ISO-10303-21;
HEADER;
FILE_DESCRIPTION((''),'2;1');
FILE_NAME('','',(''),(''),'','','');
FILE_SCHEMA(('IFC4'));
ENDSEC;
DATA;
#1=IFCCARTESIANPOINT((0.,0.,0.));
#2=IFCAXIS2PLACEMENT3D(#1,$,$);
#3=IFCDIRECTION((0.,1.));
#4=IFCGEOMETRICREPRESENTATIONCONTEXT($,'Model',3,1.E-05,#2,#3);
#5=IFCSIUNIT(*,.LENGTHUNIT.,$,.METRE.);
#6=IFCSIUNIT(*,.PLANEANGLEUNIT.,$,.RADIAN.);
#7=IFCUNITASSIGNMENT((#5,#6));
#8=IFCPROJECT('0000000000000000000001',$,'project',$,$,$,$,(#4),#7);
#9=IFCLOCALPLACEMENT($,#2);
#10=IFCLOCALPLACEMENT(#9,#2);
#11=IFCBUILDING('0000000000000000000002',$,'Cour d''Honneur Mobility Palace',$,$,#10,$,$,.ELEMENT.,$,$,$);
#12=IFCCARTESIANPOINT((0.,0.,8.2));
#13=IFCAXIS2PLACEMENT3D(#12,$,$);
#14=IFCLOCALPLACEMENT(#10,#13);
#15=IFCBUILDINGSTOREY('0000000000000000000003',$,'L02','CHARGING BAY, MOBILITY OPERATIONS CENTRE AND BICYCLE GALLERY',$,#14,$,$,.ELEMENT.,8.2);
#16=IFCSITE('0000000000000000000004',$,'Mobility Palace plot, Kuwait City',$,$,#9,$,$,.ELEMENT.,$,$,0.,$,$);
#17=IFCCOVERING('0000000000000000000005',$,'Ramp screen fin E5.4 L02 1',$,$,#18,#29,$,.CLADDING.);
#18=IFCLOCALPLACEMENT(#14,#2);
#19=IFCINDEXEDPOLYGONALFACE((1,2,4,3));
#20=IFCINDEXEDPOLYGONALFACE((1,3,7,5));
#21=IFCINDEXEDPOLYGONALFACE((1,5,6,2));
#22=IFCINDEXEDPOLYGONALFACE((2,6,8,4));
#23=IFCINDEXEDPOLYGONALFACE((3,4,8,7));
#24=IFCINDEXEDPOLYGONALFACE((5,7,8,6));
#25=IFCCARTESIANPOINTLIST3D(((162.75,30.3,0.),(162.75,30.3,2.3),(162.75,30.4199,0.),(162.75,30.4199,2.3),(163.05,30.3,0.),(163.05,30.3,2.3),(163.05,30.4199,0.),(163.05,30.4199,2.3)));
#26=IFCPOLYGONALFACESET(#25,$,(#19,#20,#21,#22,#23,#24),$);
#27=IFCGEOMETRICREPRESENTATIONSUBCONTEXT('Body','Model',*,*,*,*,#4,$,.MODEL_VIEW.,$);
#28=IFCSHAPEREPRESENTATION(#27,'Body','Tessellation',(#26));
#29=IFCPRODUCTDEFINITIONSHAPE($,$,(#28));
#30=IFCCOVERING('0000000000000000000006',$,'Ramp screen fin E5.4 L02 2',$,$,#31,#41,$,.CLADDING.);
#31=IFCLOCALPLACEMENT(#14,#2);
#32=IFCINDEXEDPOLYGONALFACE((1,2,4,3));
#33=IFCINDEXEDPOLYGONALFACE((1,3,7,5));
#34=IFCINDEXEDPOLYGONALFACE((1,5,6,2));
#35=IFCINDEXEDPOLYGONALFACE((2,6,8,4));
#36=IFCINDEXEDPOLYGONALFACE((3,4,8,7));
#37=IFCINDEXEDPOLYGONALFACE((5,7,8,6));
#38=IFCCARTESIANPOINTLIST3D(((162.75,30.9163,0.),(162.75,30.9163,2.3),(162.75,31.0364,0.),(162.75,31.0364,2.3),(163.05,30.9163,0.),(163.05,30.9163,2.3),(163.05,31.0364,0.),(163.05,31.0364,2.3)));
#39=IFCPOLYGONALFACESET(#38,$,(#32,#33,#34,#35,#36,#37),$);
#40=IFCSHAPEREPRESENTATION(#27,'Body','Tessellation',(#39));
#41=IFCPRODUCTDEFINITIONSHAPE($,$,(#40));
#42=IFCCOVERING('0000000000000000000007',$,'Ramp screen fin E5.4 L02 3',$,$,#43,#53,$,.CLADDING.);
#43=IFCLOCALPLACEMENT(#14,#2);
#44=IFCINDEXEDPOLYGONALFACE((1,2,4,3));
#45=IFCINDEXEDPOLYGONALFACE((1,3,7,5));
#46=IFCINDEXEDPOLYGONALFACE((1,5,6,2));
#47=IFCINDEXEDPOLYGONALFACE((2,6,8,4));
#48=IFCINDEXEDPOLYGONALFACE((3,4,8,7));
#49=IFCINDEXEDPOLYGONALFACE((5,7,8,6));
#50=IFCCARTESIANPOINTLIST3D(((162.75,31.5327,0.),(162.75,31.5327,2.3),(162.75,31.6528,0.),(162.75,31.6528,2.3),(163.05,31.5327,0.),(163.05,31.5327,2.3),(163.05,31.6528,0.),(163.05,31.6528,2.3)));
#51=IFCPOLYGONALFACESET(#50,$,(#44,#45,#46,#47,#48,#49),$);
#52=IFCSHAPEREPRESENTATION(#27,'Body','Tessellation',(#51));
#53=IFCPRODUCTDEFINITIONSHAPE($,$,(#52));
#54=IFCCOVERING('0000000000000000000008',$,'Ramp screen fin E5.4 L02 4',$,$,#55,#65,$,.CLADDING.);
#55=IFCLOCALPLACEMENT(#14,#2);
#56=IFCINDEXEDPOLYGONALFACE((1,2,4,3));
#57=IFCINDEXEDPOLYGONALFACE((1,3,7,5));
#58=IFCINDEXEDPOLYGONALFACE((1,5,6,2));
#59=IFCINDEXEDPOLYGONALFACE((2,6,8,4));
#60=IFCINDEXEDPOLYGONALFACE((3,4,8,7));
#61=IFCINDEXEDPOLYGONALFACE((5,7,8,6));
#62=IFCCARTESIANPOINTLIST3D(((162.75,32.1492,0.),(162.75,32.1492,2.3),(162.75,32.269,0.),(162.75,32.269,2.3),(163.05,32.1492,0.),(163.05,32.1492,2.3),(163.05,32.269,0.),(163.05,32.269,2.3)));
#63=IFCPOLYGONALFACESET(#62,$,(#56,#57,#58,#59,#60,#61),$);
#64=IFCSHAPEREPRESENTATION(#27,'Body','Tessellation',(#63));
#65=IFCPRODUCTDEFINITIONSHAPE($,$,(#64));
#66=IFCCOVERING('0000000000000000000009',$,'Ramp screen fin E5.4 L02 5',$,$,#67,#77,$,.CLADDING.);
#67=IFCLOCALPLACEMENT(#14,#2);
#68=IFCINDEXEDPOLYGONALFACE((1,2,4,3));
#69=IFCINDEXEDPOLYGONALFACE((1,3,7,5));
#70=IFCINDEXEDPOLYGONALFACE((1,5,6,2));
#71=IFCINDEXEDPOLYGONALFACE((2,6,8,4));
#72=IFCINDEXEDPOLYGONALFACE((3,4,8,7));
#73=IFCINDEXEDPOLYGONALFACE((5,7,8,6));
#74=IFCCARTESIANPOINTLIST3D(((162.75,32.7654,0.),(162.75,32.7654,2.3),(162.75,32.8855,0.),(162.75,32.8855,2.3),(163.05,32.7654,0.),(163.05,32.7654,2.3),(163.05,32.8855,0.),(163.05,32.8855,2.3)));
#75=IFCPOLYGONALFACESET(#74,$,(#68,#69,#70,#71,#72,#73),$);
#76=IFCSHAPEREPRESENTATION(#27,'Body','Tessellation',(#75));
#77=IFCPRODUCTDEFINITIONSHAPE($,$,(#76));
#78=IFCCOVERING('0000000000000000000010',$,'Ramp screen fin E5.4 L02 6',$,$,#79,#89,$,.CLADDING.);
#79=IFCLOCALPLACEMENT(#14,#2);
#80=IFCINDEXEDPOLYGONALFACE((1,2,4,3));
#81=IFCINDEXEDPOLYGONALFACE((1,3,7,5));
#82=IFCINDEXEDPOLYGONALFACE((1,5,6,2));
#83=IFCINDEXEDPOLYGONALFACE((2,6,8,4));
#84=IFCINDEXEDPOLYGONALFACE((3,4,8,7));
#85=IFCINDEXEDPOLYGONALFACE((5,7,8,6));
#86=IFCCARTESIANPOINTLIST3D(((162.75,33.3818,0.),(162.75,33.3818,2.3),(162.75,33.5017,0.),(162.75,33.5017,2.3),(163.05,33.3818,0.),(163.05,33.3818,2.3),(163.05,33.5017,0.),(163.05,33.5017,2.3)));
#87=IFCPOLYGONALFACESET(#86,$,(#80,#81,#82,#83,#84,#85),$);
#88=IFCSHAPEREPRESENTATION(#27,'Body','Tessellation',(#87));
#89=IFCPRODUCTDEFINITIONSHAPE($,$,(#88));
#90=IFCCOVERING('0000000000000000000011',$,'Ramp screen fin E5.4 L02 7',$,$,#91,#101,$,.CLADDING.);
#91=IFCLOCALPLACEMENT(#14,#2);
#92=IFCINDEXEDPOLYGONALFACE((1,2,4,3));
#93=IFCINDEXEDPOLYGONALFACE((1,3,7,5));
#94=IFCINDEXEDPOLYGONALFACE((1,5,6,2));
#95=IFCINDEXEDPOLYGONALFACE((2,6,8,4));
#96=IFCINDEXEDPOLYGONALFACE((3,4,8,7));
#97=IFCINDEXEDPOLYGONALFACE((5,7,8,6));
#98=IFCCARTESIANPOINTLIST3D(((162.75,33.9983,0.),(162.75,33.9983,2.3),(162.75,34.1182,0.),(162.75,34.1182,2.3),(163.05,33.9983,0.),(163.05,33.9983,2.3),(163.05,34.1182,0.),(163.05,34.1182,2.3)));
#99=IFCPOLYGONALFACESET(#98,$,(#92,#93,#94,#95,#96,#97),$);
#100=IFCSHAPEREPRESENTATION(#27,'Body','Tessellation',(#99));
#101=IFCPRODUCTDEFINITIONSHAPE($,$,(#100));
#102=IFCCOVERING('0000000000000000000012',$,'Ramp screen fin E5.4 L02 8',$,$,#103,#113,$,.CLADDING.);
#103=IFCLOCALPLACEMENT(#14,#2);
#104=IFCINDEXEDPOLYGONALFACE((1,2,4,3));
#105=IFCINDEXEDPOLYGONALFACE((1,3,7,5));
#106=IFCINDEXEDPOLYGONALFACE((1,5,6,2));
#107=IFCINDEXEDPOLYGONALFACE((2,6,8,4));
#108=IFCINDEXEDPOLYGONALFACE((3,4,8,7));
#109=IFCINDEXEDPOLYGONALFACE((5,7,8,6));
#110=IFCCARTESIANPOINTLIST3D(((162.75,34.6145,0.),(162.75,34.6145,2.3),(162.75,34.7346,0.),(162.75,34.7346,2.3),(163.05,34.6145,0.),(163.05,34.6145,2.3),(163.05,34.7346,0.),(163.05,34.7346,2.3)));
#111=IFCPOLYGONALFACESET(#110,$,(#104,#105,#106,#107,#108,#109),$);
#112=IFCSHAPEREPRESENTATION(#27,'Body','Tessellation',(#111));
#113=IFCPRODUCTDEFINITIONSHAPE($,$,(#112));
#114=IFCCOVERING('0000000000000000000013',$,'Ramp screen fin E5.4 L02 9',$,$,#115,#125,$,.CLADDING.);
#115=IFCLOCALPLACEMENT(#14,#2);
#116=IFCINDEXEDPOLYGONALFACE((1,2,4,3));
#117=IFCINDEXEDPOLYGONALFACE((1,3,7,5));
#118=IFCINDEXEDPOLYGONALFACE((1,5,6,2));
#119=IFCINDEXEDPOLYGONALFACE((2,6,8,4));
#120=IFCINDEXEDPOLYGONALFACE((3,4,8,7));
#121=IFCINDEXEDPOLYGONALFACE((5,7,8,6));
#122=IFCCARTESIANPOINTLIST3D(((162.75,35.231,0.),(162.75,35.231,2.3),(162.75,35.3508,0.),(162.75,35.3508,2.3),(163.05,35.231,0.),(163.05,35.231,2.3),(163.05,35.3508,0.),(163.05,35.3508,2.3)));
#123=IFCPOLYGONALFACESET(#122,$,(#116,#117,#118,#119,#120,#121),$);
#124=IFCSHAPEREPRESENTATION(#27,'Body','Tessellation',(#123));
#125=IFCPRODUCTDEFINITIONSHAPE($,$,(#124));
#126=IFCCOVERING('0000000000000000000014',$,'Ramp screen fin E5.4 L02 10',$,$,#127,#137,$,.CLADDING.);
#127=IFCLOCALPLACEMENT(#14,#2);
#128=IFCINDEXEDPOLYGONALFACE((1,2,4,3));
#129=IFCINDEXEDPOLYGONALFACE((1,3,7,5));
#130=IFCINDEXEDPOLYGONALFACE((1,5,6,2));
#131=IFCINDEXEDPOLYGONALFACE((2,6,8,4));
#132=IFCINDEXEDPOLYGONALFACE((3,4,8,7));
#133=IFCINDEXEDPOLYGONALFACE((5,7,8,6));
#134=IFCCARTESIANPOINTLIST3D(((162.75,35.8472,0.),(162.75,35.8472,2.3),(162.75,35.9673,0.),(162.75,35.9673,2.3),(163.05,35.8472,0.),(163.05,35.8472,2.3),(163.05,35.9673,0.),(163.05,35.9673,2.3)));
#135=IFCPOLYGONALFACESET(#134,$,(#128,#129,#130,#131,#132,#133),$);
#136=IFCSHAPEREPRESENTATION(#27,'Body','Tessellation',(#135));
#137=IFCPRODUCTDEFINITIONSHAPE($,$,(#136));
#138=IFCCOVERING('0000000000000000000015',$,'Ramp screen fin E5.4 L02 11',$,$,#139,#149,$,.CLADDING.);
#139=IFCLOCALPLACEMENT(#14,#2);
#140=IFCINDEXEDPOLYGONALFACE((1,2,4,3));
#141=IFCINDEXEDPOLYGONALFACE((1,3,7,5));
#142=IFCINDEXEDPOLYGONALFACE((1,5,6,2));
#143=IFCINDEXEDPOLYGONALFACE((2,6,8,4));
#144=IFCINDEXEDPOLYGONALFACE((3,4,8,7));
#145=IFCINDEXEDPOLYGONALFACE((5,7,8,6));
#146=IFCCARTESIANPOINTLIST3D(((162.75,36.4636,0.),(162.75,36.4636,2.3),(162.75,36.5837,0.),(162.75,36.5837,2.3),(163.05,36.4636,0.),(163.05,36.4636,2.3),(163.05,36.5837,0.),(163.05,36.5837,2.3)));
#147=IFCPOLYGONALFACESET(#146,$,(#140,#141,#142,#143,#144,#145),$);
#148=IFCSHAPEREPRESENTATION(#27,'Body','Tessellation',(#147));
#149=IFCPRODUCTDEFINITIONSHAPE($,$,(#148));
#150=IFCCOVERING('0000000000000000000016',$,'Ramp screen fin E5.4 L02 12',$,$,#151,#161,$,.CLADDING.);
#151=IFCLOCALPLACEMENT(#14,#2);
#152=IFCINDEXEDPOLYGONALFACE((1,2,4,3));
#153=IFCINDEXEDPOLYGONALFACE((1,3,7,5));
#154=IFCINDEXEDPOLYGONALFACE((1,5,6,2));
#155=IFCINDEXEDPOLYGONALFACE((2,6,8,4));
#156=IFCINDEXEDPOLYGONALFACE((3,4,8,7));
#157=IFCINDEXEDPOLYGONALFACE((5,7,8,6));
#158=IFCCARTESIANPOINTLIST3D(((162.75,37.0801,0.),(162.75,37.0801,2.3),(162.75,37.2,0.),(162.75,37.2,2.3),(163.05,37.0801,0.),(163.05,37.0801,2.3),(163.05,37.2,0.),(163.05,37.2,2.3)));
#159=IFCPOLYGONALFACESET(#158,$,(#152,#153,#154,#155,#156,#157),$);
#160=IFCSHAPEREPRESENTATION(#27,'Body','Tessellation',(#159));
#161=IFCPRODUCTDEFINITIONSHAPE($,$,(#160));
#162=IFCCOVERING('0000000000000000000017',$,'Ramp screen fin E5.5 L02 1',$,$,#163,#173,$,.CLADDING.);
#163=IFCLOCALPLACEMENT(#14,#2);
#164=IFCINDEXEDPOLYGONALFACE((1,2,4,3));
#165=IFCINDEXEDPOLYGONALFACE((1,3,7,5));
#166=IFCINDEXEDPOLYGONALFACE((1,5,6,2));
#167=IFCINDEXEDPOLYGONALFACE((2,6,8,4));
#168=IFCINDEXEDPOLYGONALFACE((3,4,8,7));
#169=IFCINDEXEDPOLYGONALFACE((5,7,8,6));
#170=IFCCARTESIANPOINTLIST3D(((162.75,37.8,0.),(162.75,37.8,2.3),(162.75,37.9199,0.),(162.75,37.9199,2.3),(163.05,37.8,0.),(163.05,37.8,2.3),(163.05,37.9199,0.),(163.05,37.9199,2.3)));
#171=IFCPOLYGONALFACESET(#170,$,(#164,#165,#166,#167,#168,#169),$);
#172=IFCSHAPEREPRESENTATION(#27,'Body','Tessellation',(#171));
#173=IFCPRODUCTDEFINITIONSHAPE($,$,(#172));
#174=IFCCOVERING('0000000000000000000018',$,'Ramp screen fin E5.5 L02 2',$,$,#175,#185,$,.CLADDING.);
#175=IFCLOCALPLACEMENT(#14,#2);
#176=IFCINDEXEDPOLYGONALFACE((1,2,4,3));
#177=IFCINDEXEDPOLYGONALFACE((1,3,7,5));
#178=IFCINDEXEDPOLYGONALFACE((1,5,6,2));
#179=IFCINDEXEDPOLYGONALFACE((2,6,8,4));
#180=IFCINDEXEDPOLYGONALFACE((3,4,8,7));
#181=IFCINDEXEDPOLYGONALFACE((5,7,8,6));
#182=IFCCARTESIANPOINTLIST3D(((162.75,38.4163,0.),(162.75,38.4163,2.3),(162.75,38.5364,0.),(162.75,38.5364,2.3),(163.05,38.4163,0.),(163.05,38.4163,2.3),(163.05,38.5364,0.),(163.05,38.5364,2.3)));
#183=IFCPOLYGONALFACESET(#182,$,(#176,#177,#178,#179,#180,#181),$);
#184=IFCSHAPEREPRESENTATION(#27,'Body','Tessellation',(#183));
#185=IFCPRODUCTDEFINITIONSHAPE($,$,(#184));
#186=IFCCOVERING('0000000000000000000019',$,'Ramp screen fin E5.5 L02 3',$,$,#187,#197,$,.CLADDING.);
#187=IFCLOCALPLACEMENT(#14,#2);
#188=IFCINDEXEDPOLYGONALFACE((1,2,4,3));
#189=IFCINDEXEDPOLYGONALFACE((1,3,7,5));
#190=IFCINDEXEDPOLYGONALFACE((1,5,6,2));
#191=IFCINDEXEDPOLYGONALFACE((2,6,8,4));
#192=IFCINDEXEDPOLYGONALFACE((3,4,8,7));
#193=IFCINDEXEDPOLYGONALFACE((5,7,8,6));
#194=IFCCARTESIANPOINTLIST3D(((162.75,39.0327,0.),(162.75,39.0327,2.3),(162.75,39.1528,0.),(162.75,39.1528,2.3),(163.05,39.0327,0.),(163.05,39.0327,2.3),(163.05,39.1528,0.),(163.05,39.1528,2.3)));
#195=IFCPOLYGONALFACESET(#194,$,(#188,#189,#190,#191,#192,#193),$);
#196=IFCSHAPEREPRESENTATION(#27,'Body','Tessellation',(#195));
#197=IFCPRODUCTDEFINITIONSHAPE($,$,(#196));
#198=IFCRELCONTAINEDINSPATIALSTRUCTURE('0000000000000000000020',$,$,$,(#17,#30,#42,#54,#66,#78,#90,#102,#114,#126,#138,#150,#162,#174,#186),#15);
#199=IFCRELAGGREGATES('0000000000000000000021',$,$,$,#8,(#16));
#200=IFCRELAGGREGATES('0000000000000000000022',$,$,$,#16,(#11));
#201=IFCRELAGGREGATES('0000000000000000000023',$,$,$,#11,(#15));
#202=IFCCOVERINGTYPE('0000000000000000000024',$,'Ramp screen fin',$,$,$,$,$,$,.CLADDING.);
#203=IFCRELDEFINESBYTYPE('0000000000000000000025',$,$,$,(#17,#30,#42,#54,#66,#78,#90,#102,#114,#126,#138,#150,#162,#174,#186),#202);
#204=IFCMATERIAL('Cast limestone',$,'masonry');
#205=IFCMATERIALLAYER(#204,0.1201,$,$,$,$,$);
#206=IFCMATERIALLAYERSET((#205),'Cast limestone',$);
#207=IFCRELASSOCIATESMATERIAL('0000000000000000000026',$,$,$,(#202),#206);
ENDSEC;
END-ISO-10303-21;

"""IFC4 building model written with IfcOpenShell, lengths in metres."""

from ifc_helpers import new_model, si_unit, direction, frame, origin, place, context, subcontext, project, spatial, polyline, outline, extrude, material, layer, layer_set, type_object, element, save


model = new_model("IFC4")

# Units and contexts
model_context = context("Model", 3, precision=1e-05, world=origin(), true_north=direction((0.0, 1.0)))
body_context = subcontext(model_context, "Body", "Model", "MODEL_VIEW")
ifc_project = project(units=[si_unit("LENGTHUNIT", "METRE"), si_unit("PLANEANGLEUNIT", "RADIAN")], contexts=[model_context])

# Site, building, storey
site_placement = place(None, origin())
site = spatial("IfcSite", under=ifc_project, at=site_placement, Name="Mobility Palace plot, Kuwait City", CompositionType="ELEMENT", RefElevation=0.0)
building_placement = place(site_placement, origin())
building = spatial("IfcBuilding", under=site, at=building_placement, Name="Cour d'Honneur Mobility Palace", CompositionType="ELEMENT")
storey_placement = place(building_placement, frame((0.0, 0.0, 8.2)))
storey = spatial("IfcBuildingStorey", under=building, at=storey_placement, Name="L02", Description="CHARGING BAY, MOBILITY OPERATIONS CENTRE AND BICYCLE GALLERY", CompositionType="ELEMENT", Elevation=8.2)

# Coverings
ifc_material_1 = material(Name="Cast limestone", Category="masonry")
ifc_layer_1 = layer(ifc_material_1, 0.1201)
ifc_layer_set_1 = layer_set([ifc_layer_1], Name="Cast limestone")
covering_type = type_object("IfcCoveringType", Name="Ramp screen fin", PredefinedType="CLADDING", material=ifc_layer_set_1)
covering_1_placement = place(storey_placement, origin())
element("IfcCovering", 1, at=covering_1_placement, inside=storey, type_object=covering_type, Name="Ramp screen fin E5.4 L02 1", PredefinedType="CLADDING", context=body_context, shape_type="SweptSolid", body=[
    extrude(outline(polyline([(162.75, 30.3), (162.75, 30.4199), (163.05, 30.4199), (163.05, 30.3), (162.75, 30.3)])), origin(), (0.0, 0.0, 1.0), 2.3),
])
covering_2_placement = place(storey_placement, origin())
element("IfcCovering", 2, at=covering_2_placement, inside=storey, type_object=covering_type, Name="Ramp screen fin E5.4 L02 2", PredefinedType="CLADDING", context=body_context, shape_type="SweptSolid", body=[
    extrude(outline(polyline([(162.75, 30.9163), (162.75, 31.0364), (163.05, 31.0364), (163.05, 30.9163), (162.75, 30.9163)])), origin(), (0.0, 0.0, 1.0), 2.3),
])
covering_3_placement = place(storey_placement, origin())
element("IfcCovering", 3, at=covering_3_placement, inside=storey, type_object=covering_type, Name="Ramp screen fin E5.4 L02 3", PredefinedType="CLADDING", context=body_context, shape_type="SweptSolid", body=[
    extrude(outline(polyline([(162.75, 31.5327), (162.75, 31.6528), (163.05, 31.6528), (163.05, 31.5327), (162.75, 31.5327)])), origin(), (0.0, 0.0, 1.0), 2.3),
])
covering_4_placement = place(storey_placement, origin())
element("IfcCovering", 4, at=covering_4_placement, inside=storey, type_object=covering_type, Name="Ramp screen fin E5.4 L02 4", PredefinedType="CLADDING", context=body_context, shape_type="SweptSolid", body=[
    extrude(outline(polyline([(162.75, 32.1492), (162.75, 32.269), (163.05, 32.269), (163.05, 32.1492), (162.75, 32.1492)])), origin(), (0.0, 0.0, 1.0), 2.3),
])
covering_5_placement = place(storey_placement, origin())
element("IfcCovering", 5, at=covering_5_placement, inside=storey, type_object=covering_type, Name="Ramp screen fin E5.4 L02 5", PredefinedType="CLADDING", context=body_context, shape_type="SweptSolid", body=[
    extrude(outline(polyline([(162.75, 32.7654), (162.75, 32.8855), (163.05, 32.8855), (163.05, 32.7654), (162.75, 32.7654)])), origin(), (0.0, 0.0, 1.0), 2.3),
])
covering_6_placement = place(storey_placement, origin())
element("IfcCovering", 6, at=covering_6_placement, inside=storey, type_object=covering_type, Name="Ramp screen fin E5.4 L02 6", PredefinedType="CLADDING", context=body_context, shape_type="SweptSolid", body=[
    extrude(outline(polyline([(162.75, 33.3818), (162.75, 33.5017), (163.05, 33.5017), (163.05, 33.3818), (162.75, 33.3818)])), origin(), (0.0, 0.0, 1.0), 2.3),
])
covering_7_placement = place(storey_placement, origin())
element("IfcCovering", 7, at=covering_7_placement, inside=storey, type_object=covering_type, Name="Ramp screen fin E5.4 L02 7", PredefinedType="CLADDING", context=body_context, shape_type="SweptSolid", body=[
    extrude(outline(polyline([(162.75, 33.9983), (162.75, 34.1182), (163.05, 34.1182), (163.05, 33.9983), (162.75, 33.9983)])), origin(), (0.0, 0.0, 1.0), 2.3),
])
covering_8_placement = place(storey_placement, origin())
element("IfcCovering", 8, at=covering_8_placement, inside=storey, type_object=covering_type, Name="Ramp screen fin E5.4 L02 8", PredefinedType="CLADDING", context=body_context, shape_type="SweptSolid", body=[
    extrude(outline(polyline([(162.75, 34.6145), (162.75, 34.7346), (163.05, 34.7346), (163.05, 34.6145), (162.75, 34.6145)])), origin(), (0.0, 0.0, 1.0), 2.3),
])
covering_9_placement = place(storey_placement, origin())
element("IfcCovering", 9, at=covering_9_placement, inside=storey, type_object=covering_type, Name="Ramp screen fin E5.4 L02 9", PredefinedType="CLADDING", context=body_context, shape_type="SweptSolid", body=[
    extrude(outline(polyline([(162.75, 35.231), (162.75, 35.3508), (163.05, 35.3508), (163.05, 35.231), (162.75, 35.231)])), origin(), (0.0, 0.0, 1.0), 2.3),
])
covering_10_placement = place(storey_placement, origin())
element("IfcCovering", 10, at=covering_10_placement, inside=storey, type_object=covering_type, Name="Ramp screen fin E5.4 L02 10", PredefinedType="CLADDING", context=body_context, shape_type="SweptSolid", body=[
    extrude(outline(polyline([(162.75, 35.8472), (162.75, 35.9673), (163.05, 35.9673), (163.05, 35.8472), (162.75, 35.8472)])), origin(), (0.0, 0.0, 1.0), 2.3),
])
covering_11_placement = place(storey_placement, origin())
element("IfcCovering", 11, at=covering_11_placement, inside=storey, type_object=covering_type, Name="Ramp screen fin E5.4 L02 11", PredefinedType="CLADDING", context=body_context, shape_type="SweptSolid", body=[
    extrude(outline(polyline([(162.75, 36.4636), (162.75, 36.5837), (163.05, 36.5837), (163.05, 36.4636), (162.75, 36.4636)])), origin(), (0.0, 0.0, 1.0), 2.3),
])
covering_12_placement = place(storey_placement, origin())
element("IfcCovering", 12, at=covering_12_placement, inside=storey, type_object=covering_type, Name="Ramp screen fin E5.4 L02 12", PredefinedType="CLADDING", context=body_context, shape_type="SweptSolid", body=[
    extrude(outline(polyline([(162.75, 37.0801), (162.75, 37.2), (163.05, 37.2), (163.05, 37.0801), (162.75, 37.0801)])), origin(), (0.0, 0.0, 1.0), 2.3),
])
covering_13_placement = place(storey_placement, origin())
element("IfcCovering", 13, at=covering_13_placement, inside=storey, type_object=covering_type, Name="Ramp screen fin E5.5 L02 1", PredefinedType="CLADDING", context=body_context, shape_type="SweptSolid", body=[
    extrude(outline(polyline([(162.75, 37.8), (162.75, 37.9199), (163.05, 37.9199), (163.05, 37.8), (162.75, 37.8)])), origin(), (0.0, 0.0, 1.0), 2.3),
])
covering_14_placement = place(storey_placement, origin())
element("IfcCovering", 14, at=covering_14_placement, inside=storey, type_object=covering_type, Name="Ramp screen fin E5.5 L02 2", PredefinedType="CLADDING", context=body_context, shape_type="SweptSolid", body=[
    extrude(outline(polyline([(162.75, 38.4163), (162.75, 38.5364), (163.05, 38.5364), (163.05, 38.4163), (162.75, 38.4163)])), origin(), (0.0, 0.0, 1.0), 2.3),
])
covering_15_placement = place(storey_placement, origin())
element("IfcCovering", 15, at=covering_15_placement, inside=storey, type_object=covering_type, Name="Ramp screen fin E5.5 L02 3", PredefinedType="CLADDING", context=body_context, shape_type="SweptSolid", body=[
    extrude(outline(polyline([(162.75, 39.0327), (162.75, 39.1528), (163.05, 39.1528), (163.05, 39.0327), (162.75, 39.0327)])), origin(), (0.0, 0.0, 1.0), 2.3),
])

save(model, "model.ifc")
